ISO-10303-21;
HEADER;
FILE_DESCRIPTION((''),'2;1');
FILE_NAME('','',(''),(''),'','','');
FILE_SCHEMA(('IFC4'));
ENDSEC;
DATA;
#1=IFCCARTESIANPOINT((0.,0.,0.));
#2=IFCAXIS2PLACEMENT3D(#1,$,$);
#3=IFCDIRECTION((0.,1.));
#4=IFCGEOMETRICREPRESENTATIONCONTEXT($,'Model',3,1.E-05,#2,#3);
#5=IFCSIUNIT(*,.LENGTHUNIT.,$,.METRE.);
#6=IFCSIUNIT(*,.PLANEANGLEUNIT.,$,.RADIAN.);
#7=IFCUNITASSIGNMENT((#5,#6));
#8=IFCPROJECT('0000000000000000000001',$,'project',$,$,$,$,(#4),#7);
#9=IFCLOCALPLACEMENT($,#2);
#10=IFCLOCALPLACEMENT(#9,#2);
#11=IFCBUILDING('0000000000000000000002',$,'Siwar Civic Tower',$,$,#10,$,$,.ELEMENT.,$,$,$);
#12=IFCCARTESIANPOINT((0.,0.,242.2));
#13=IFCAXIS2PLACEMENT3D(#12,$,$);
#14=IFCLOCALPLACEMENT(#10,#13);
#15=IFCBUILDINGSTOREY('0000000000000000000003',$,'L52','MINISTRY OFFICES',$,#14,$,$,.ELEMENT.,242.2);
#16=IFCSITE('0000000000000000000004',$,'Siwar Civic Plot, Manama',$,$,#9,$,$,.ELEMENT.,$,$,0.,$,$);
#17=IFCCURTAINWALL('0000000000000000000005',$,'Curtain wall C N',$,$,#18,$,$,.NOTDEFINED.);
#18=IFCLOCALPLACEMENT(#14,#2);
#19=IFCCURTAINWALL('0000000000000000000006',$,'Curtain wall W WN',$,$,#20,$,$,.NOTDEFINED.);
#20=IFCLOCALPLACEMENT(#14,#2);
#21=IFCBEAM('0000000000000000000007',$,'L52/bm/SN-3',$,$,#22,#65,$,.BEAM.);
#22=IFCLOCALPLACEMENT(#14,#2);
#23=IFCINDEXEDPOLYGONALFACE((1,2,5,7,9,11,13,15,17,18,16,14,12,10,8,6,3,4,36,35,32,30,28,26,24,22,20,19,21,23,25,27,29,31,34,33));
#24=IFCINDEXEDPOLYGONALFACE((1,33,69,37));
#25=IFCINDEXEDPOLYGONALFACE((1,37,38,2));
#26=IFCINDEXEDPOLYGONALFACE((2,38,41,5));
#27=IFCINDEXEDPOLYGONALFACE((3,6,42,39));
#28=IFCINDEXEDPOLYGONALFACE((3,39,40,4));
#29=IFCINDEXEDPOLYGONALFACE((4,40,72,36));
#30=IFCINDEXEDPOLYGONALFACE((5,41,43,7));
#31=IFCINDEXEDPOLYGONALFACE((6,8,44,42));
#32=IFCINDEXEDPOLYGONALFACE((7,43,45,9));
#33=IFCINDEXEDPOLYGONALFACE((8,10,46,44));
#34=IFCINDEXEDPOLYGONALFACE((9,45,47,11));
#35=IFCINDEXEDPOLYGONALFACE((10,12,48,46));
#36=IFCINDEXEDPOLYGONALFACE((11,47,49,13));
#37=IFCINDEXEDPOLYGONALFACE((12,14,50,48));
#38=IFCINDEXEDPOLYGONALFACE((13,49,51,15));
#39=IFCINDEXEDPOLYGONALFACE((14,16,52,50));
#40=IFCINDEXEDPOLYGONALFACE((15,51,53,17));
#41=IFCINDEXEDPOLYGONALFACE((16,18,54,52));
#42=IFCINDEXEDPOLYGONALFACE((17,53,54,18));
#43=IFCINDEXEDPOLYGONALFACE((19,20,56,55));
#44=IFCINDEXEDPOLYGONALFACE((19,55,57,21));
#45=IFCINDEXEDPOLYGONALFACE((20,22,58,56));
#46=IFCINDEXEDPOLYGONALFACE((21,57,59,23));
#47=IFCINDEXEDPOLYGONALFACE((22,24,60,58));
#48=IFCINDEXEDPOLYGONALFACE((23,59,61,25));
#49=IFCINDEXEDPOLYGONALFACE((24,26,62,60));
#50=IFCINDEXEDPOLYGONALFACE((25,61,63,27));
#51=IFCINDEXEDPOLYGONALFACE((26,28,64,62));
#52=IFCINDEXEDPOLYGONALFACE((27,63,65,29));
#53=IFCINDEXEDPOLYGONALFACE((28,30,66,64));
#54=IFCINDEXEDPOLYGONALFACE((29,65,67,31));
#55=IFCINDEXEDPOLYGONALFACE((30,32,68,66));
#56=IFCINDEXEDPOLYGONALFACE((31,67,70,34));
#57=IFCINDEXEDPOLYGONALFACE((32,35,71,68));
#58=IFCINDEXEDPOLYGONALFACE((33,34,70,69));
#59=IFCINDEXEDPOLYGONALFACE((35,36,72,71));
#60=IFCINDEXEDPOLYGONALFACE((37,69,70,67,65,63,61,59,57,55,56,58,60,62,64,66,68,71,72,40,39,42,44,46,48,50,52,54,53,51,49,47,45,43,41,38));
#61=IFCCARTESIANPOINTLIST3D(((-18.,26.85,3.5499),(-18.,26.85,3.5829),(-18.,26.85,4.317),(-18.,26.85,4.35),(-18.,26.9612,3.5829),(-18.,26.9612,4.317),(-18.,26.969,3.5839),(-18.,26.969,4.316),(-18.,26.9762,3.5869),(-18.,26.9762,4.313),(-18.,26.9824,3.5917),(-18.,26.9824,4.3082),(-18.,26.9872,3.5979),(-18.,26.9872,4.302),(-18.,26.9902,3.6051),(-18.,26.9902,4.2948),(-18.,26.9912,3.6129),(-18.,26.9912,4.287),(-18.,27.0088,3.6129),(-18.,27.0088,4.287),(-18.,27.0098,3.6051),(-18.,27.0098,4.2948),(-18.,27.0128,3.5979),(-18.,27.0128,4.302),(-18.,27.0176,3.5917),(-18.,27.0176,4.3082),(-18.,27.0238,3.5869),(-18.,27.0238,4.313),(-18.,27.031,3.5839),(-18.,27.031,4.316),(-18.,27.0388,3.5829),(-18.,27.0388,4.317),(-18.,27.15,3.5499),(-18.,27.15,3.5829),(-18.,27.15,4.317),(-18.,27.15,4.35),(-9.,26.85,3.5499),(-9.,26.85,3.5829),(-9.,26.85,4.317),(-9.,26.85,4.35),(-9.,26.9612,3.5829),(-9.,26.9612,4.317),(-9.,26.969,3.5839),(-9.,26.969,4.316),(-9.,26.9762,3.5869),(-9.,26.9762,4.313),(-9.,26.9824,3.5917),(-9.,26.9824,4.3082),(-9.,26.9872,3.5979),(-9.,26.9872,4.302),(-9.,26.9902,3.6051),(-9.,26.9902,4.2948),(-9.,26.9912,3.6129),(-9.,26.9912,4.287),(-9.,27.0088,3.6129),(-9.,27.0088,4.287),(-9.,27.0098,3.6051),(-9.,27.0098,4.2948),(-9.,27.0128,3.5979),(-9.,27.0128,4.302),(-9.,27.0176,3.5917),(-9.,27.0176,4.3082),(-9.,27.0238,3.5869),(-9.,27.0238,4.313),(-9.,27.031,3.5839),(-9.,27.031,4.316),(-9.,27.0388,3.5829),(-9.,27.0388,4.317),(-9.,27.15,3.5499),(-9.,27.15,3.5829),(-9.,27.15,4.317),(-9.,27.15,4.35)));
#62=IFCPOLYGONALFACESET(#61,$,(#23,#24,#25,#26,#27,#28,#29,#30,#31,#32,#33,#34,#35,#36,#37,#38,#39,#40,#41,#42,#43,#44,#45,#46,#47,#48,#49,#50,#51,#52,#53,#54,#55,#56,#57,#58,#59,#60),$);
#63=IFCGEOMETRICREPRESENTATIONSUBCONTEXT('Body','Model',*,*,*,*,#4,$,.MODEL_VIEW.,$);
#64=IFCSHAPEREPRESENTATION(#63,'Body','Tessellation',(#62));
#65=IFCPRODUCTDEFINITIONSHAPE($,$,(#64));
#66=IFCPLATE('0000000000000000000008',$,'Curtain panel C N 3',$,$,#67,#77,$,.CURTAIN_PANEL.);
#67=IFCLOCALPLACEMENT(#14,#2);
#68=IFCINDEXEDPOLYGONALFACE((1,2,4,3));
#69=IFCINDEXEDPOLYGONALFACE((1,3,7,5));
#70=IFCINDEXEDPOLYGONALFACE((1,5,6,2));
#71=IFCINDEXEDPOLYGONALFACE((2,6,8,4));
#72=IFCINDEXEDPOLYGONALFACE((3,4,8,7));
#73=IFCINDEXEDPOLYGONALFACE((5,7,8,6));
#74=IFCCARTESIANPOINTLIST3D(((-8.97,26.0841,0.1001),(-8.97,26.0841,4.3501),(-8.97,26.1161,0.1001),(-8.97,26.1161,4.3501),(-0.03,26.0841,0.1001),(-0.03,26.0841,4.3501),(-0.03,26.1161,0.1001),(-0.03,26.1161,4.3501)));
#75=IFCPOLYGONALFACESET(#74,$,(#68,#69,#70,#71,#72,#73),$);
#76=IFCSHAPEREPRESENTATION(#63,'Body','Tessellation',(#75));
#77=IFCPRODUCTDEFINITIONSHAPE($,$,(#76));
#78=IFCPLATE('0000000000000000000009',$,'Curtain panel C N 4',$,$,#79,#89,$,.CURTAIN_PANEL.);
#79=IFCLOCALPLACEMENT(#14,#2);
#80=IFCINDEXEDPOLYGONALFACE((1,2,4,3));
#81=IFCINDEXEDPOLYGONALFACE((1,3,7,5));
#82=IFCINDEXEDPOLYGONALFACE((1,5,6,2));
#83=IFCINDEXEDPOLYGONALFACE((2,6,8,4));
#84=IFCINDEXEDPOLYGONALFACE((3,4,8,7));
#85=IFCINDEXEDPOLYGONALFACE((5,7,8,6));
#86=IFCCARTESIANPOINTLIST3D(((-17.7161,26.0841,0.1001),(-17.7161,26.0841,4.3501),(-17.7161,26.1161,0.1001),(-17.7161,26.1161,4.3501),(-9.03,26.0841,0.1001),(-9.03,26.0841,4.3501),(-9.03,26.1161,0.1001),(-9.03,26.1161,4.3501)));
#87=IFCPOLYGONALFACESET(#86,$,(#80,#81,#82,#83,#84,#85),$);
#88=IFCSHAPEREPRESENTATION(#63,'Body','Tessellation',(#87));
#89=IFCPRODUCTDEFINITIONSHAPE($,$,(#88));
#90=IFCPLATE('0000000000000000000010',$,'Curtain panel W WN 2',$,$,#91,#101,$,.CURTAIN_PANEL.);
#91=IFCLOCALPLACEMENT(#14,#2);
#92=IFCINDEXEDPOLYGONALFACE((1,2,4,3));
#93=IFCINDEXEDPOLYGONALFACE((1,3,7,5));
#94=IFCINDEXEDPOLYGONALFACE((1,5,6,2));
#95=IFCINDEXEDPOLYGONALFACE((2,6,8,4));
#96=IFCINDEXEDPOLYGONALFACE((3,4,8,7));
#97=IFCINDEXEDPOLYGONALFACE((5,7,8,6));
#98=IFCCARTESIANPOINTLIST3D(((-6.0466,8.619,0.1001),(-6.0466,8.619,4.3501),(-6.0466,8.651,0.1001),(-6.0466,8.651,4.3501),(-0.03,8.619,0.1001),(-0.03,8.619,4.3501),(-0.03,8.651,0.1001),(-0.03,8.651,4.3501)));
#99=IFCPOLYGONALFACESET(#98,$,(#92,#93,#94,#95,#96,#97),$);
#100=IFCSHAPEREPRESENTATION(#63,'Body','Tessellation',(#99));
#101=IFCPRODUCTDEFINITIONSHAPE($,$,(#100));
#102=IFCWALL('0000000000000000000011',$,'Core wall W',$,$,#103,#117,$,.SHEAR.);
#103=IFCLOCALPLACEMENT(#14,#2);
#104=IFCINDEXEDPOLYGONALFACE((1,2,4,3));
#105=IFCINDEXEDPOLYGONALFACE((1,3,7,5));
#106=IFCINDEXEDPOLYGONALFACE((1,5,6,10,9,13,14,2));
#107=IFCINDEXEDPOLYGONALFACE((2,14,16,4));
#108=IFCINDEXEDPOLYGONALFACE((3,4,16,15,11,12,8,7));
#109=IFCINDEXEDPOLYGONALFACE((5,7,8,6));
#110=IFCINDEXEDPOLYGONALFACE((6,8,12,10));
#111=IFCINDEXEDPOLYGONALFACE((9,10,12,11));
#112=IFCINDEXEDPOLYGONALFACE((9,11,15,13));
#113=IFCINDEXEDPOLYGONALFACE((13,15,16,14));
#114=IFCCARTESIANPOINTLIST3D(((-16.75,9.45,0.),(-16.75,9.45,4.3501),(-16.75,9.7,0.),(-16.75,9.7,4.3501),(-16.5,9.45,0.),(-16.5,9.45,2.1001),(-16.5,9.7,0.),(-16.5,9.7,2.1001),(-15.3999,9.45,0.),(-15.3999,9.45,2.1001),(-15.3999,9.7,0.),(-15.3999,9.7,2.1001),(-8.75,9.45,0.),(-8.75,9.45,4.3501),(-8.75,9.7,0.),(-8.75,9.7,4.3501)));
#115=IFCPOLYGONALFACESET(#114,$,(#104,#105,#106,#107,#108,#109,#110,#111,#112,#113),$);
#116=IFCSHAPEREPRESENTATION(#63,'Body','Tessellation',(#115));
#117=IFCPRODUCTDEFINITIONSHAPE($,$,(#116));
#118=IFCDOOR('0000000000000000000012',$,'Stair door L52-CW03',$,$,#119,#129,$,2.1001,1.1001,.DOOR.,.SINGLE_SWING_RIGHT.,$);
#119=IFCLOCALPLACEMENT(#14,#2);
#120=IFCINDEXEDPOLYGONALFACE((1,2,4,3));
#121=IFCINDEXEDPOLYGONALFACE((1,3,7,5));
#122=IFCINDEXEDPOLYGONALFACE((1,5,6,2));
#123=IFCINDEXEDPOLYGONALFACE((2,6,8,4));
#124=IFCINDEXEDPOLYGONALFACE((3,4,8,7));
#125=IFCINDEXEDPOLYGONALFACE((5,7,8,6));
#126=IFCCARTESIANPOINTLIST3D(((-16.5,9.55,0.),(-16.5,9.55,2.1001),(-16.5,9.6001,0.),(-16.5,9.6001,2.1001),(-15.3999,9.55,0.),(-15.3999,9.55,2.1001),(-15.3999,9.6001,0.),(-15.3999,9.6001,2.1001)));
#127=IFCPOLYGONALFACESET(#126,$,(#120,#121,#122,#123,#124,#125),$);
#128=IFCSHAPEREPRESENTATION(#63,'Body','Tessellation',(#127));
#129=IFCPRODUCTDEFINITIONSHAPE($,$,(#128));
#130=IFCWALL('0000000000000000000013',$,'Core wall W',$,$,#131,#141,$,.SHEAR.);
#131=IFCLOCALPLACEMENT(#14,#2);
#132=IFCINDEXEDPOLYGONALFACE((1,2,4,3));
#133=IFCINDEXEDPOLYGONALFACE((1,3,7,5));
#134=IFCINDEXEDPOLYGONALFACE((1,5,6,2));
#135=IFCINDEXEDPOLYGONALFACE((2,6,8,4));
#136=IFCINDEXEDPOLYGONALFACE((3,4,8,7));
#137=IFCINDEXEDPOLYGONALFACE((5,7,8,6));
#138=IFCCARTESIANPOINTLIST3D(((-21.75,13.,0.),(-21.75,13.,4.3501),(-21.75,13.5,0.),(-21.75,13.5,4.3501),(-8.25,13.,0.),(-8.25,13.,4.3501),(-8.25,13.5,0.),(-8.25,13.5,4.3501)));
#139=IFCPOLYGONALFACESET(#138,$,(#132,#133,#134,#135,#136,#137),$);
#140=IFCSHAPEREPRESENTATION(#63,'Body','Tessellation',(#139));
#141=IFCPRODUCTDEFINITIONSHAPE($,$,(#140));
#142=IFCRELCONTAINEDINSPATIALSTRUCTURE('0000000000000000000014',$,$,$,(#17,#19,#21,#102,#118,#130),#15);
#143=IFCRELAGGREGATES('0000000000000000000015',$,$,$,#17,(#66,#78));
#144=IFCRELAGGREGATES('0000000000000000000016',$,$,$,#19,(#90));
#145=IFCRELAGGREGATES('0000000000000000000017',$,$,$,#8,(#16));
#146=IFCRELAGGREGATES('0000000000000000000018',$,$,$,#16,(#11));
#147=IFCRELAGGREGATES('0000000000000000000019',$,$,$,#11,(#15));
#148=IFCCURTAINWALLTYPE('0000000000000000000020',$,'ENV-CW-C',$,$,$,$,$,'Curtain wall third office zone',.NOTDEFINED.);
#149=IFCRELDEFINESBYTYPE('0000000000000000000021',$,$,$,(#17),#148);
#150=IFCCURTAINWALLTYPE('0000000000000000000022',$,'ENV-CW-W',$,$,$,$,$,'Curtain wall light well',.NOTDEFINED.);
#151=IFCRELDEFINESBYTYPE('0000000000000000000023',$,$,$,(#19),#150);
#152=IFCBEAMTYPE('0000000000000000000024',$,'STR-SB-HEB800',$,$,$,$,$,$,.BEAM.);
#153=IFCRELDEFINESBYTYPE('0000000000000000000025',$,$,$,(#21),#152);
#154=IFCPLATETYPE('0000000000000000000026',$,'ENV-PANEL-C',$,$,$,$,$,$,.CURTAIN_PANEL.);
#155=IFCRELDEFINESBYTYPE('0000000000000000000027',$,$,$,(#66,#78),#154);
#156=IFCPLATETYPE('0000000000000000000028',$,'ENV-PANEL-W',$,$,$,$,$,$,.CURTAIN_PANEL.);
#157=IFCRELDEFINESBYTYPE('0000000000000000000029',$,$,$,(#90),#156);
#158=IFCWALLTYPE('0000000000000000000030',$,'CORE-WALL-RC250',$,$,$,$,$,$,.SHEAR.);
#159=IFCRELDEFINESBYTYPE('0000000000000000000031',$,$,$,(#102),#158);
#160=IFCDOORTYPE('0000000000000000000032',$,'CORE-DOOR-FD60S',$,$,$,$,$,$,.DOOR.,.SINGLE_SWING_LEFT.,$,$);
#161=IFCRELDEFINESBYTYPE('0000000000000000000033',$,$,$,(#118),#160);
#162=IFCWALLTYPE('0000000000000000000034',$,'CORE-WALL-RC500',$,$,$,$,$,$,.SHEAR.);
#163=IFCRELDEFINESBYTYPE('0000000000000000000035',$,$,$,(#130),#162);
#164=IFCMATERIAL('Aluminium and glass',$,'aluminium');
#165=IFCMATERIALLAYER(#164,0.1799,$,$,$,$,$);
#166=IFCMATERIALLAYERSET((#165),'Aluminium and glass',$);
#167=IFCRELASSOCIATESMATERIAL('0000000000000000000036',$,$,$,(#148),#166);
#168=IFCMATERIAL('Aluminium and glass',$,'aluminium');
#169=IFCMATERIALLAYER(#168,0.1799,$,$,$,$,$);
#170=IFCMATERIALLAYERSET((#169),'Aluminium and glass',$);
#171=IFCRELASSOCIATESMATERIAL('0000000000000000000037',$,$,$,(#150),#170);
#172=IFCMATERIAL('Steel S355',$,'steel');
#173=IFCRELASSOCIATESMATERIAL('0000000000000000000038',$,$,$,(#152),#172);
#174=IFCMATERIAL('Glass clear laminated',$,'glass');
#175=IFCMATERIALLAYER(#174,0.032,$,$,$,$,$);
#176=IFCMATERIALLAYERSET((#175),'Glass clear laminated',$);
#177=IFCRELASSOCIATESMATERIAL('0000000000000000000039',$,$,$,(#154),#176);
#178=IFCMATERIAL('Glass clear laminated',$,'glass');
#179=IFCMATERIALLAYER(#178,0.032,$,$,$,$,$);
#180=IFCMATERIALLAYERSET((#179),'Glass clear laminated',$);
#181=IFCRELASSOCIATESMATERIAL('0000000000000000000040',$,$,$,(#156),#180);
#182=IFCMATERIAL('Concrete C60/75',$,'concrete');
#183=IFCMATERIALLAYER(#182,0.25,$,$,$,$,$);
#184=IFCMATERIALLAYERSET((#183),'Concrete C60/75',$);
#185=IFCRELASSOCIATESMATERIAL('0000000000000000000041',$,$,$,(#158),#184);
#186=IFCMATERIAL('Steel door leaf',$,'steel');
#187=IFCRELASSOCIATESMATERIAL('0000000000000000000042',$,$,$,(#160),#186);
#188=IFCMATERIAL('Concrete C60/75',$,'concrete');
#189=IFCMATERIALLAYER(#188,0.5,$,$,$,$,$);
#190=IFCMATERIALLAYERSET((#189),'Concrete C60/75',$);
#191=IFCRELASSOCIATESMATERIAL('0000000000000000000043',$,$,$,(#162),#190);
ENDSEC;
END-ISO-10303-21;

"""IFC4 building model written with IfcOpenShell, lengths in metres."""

from ifc_helpers import new_model, si_unit, direction, frame, frame_2d, origin, origin_2d, place, context, subcontext, project, spatial, rectangle, i_section, extrude, material, layer, layer_set, material_profile, profile_set, type_object, element, fill, aggregate, save


model = new_model("IFC4")

# Units and contexts
model_context = context("Model", 3, precision=1e-05, world=origin(), true_north=direction((0.0, 1.0)))
body_context = subcontext(model_context, "Body", "Model", "MODEL_VIEW")
ifc_project = project(units=[si_unit("LENGTHUNIT", "METRE"), si_unit("PLANEANGLEUNIT", "RADIAN")], contexts=[model_context])

# Site, building, storey
site_placement = place(None, origin())
site = spatial("IfcSite", under=ifc_project, at=site_placement, Name="Siwar Civic Plot, Manama", CompositionType="ELEMENT", RefElevation=0.0)
building_placement = place(site_placement, origin())
building = spatial("IfcBuilding", under=site, at=building_placement, Name="Siwar Civic Tower", CompositionType="ELEMENT")
storey_placement = place(building_placement, frame((0.0, 0.0, 242.2)))
storey = spatial("IfcBuildingStorey", under=building, at=storey_placement, Name="L52", Description="MINISTRY OFFICES", CompositionType="ELEMENT", Elevation=242.2)

# Curtain walls
ifc_material_1 = material(Name="Aluminium and glass", Category="aluminium")
ifc_layer_1 = layer(ifc_material_1, 0.1799)
ifc_layer_set_1 = layer_set([ifc_layer_1], Name="Aluminium and glass")
curtain_wall_type_1 = type_object("IfcCurtainWallType", Name="ENV-CW-C", ElementType="Curtain wall third office zone", PredefinedType="NOTDEFINED", material=ifc_layer_set_1)
curtain_wall_1_placement = place(storey_placement, origin())
curtain_wall_1 = element("IfcCurtainWall", 1, at=curtain_wall_1_placement, inside=storey, type_object=curtain_wall_type_1, Name="Curtain wall C N", PredefinedType="NOTDEFINED")
ifc_material_2 = material(Name="Aluminium and glass", Category="aluminium")
ifc_layer_2 = layer(ifc_material_2, 0.1799)
ifc_layer_set_2 = layer_set([ifc_layer_2], Name="Aluminium and glass")
curtain_wall_type_2 = type_object("IfcCurtainWallType", Name="ENV-CW-W", ElementType="Curtain wall light well", PredefinedType="NOTDEFINED", material=ifc_layer_set_2)
curtain_wall_2_placement = place(storey_placement, origin())
curtain_wall_2 = element("IfcCurtainWall", 2, at=curtain_wall_2_placement, inside=storey, type_object=curtain_wall_type_2, Name="Curtain wall W WN", PredefinedType="NOTDEFINED")

# Beam
ifc_material_3 = material(Name="Steel S355", Category="steel")
ifc_material_profile_1 = material_profile(ifc_material_3, i_section(OverallWidth=0.3, OverallDepth=0.8, WebThickness=0.0176, FlangeThickness=0.033, FilletRadius=0.03, at=origin_2d()), Name="HEB800")
ifc_profile_set_1 = profile_set([ifc_material_profile_1], Name="Steel S355")
beam_type_1 = type_object("IfcBeamType", Name="STR-SB-HEB800", PredefinedType="BEAM", material=ifc_profile_set_1)
for number, where, z_axis, x_axis, name in (
    (3, (-9.0, 27.0, 3.95), (-1.0, 0.0, 0.0), (0.0, -1.0, 0.0), "L52/bm/SN-3"),
):
    element("IfcBeam", number, at=place(storey_placement, frame(where, z_axis=z_axis, x_axis=x_axis)), inside=storey, type_object=beam_type_1, Name=name, PredefinedType="BEAM", context=body_context, shape_type="SweptSolid", body=[
        extrude(i_section(OverallWidth=0.3, OverallDepth=0.8, WebThickness=0.0176, FlangeThickness=0.033, FilletRadius=0.03, at=origin_2d()), origin(), (0.0, 0.0, 1.0), 9.0),
    ])

# Plates
ifc_material_4 = material(Name="Glass clear laminated", Category="glass")
ifc_layer_3 = layer(ifc_material_4, 0.032)
ifc_layer_set_3 = layer_set([ifc_layer_3], Name="Glass clear laminated")
plate_type_1 = type_object("IfcPlateType", Name="ENV-PANEL-C", PredefinedType="CURTAIN_PANEL", material=ifc_layer_set_3)
plate_1_placement = place(storey_placement, frame((-4.5, 26.1001, 0.1001), z_axis=(0.0, 0.0, 1.0), x_axis=(-1.0, 0.0, 0.0)))
plate_1 = element("IfcPlate", 4, at=plate_1_placement, type_object=plate_type_1, Name="Curtain panel C N 3", PredefinedType="CURTAIN_PANEL", context=body_context, shape_type="SweptSolid", body=[
    extrude(rectangle(XDim=8.9399, YDim=0.032, at=origin_2d()), origin(), (0.0, 0.0, 1.0), 4.25),
])
plate_2_placement = place(storey_placement, frame((-13.373, 26.1001, 0.1001), z_axis=(0.0, 0.0, 1.0), x_axis=(-1.0, 0.0, 0.0)))
plate_2 = element("IfcPlate", 5, at=plate_2_placement, type_object=plate_type_1, Name="Curtain panel C N 4", PredefinedType="CURTAIN_PANEL", context=body_context, shape_type="SweptSolid", body=[
    extrude(rectangle(XDim=8.686, YDim=0.032, at=origin_2d()), origin(), (0.0, 0.0, 1.0), 4.25),
])
aggregate(curtain_wall_1, [plate_1, plate_2])
ifc_material_5 = material(Name="Glass clear laminated", Category="glass")
ifc_layer_4 = layer(ifc_material_5, 0.032)
ifc_layer_set_4 = layer_set([ifc_layer_4], Name="Glass clear laminated")
plate_type_2 = type_object("IfcPlateType", Name="ENV-PANEL-W", PredefinedType="CURTAIN_PANEL", material=ifc_layer_set_4)
plate_3_placement = place(storey_placement, frame((-3.0383, 8.635, 0.1001), z_axis=(0.0, 0.0, 1.0), x_axis=(-1.0, 0.0, 0.0)))
plate_3 = element("IfcPlate", 6, at=plate_3_placement, type_object=plate_type_2, Name="Curtain panel W WN 2", PredefinedType="CURTAIN_PANEL", context=body_context, shape_type="SweptSolid", body=[
    extrude(rectangle(XDim=6.0166, YDim=0.032, at=origin_2d()), origin(), (0.0, 0.0, 1.0), 4.25),
])
aggregate(curtain_wall_2, [plate_3])

# Wall, opening, door
ifc_material_6 = material(Name="Concrete C60/75", Category="concrete")
ifc_layer_5 = layer(ifc_material_6, 0.25)
ifc_layer_set_5 = layer_set([ifc_layer_5], Name="Concrete C60/75")
wall_type_1 = type_object("IfcWallType", Name="CORE-WALL-RC250", PredefinedType="SHEAR", material=ifc_layer_set_5)
wall_1_placement = place(storey_placement, frame((-8.75, 9.575, 0.0), z_axis=(0.0, 0.0, 1.0), x_axis=(-1.0, 0.0, 0.0)))
wall_1 = element("IfcWall", 7, at=wall_1_placement, inside=storey, type_object=wall_type_1, Name="Core wall W", PredefinedType="SHEAR", context=body_context, shape_type="SweptSolid", body=[
    extrude(rectangle(XDim=8.0, YDim=0.25, at=frame_2d((4.0, 0.0))), origin(), (0.0, 0.0, 1.0), 4.3501),
])
opening_1_placement = place(wall_1_placement, frame((6.6499, 0.0, 0.0)))
opening_1 = element("IfcOpeningElement", 8, at=opening_1_placement, cuts=wall_1, PredefinedType="OPENING", context=body_context, shape_type="SweptSolid", body=[
    extrude(rectangle(XDim=1.1001, YDim=2.1001, at=frame_2d((0.55, 1.05))), frame((0.0, 0.135, 0.0), z_axis=(0.0, -1.0, 0.0), x_axis=(1.0, 0.0, 0.0)), (0.0, 0.0, 1.0), 0.27),
])
ifc_material_7 = material(Name="Steel door leaf", Category="steel")
door_type_1 = type_object("IfcDoorType", Name="CORE-DOOR-FD60S", OperationType="SINGLE_SWING_LEFT", PredefinedType="DOOR", material=ifc_material_7)
door_1_placement = place(opening_1_placement, origin())
door_1 = element("IfcDoor", 9, at=door_1_placement, inside=storey, type_object=door_type_1, Name="Stair door L52-CW03", OperationType="SINGLE_SWING_RIGHT", OverallHeight=2.1001, OverallWidth=1.1001, PredefinedType="DOOR", context=body_context, shape_type="SweptSolid", body=[
    extrude(rectangle(XDim=1.1001, YDim=2.1001, at=frame_2d((0.55, 1.05))), frame((0.0, 0.0249, 0.0), z_axis=(0.0, -1.0, 0.0), x_axis=(1.0, 0.0, 0.0)), (0.0, 0.0, 1.0), 0.05),
])
fill(opening_1, door_1)

# Wall
ifc_material_8 = material(Name="Concrete C60/75", Category="concrete")
ifc_layer_6 = layer(ifc_material_8, 0.5)
ifc_layer_set_6 = layer_set([ifc_layer_6], Name="Concrete C60/75")
wall_type_2 = type_object("IfcWallType", Name="CORE-WALL-RC500", PredefinedType="SHEAR", material=ifc_layer_set_6)
wall_2_placement = place(storey_placement, frame((-8.25, 13.25, 0.0), z_axis=(0.0, 0.0, 1.0), x_axis=(-1.0, 0.0, 0.0)))
element("IfcWall", 10, at=wall_2_placement, inside=storey, type_object=wall_type_2, Name="Core wall W", PredefinedType="SHEAR", context=body_context, shape_type="SweptSolid", body=[
    extrude(rectangle(XDim=13.5, YDim=0.5, at=frame_2d((6.75, 0.0))), origin(), (0.0, 0.0, 1.0), 4.3501),
])

save(model, "model.ifc")
